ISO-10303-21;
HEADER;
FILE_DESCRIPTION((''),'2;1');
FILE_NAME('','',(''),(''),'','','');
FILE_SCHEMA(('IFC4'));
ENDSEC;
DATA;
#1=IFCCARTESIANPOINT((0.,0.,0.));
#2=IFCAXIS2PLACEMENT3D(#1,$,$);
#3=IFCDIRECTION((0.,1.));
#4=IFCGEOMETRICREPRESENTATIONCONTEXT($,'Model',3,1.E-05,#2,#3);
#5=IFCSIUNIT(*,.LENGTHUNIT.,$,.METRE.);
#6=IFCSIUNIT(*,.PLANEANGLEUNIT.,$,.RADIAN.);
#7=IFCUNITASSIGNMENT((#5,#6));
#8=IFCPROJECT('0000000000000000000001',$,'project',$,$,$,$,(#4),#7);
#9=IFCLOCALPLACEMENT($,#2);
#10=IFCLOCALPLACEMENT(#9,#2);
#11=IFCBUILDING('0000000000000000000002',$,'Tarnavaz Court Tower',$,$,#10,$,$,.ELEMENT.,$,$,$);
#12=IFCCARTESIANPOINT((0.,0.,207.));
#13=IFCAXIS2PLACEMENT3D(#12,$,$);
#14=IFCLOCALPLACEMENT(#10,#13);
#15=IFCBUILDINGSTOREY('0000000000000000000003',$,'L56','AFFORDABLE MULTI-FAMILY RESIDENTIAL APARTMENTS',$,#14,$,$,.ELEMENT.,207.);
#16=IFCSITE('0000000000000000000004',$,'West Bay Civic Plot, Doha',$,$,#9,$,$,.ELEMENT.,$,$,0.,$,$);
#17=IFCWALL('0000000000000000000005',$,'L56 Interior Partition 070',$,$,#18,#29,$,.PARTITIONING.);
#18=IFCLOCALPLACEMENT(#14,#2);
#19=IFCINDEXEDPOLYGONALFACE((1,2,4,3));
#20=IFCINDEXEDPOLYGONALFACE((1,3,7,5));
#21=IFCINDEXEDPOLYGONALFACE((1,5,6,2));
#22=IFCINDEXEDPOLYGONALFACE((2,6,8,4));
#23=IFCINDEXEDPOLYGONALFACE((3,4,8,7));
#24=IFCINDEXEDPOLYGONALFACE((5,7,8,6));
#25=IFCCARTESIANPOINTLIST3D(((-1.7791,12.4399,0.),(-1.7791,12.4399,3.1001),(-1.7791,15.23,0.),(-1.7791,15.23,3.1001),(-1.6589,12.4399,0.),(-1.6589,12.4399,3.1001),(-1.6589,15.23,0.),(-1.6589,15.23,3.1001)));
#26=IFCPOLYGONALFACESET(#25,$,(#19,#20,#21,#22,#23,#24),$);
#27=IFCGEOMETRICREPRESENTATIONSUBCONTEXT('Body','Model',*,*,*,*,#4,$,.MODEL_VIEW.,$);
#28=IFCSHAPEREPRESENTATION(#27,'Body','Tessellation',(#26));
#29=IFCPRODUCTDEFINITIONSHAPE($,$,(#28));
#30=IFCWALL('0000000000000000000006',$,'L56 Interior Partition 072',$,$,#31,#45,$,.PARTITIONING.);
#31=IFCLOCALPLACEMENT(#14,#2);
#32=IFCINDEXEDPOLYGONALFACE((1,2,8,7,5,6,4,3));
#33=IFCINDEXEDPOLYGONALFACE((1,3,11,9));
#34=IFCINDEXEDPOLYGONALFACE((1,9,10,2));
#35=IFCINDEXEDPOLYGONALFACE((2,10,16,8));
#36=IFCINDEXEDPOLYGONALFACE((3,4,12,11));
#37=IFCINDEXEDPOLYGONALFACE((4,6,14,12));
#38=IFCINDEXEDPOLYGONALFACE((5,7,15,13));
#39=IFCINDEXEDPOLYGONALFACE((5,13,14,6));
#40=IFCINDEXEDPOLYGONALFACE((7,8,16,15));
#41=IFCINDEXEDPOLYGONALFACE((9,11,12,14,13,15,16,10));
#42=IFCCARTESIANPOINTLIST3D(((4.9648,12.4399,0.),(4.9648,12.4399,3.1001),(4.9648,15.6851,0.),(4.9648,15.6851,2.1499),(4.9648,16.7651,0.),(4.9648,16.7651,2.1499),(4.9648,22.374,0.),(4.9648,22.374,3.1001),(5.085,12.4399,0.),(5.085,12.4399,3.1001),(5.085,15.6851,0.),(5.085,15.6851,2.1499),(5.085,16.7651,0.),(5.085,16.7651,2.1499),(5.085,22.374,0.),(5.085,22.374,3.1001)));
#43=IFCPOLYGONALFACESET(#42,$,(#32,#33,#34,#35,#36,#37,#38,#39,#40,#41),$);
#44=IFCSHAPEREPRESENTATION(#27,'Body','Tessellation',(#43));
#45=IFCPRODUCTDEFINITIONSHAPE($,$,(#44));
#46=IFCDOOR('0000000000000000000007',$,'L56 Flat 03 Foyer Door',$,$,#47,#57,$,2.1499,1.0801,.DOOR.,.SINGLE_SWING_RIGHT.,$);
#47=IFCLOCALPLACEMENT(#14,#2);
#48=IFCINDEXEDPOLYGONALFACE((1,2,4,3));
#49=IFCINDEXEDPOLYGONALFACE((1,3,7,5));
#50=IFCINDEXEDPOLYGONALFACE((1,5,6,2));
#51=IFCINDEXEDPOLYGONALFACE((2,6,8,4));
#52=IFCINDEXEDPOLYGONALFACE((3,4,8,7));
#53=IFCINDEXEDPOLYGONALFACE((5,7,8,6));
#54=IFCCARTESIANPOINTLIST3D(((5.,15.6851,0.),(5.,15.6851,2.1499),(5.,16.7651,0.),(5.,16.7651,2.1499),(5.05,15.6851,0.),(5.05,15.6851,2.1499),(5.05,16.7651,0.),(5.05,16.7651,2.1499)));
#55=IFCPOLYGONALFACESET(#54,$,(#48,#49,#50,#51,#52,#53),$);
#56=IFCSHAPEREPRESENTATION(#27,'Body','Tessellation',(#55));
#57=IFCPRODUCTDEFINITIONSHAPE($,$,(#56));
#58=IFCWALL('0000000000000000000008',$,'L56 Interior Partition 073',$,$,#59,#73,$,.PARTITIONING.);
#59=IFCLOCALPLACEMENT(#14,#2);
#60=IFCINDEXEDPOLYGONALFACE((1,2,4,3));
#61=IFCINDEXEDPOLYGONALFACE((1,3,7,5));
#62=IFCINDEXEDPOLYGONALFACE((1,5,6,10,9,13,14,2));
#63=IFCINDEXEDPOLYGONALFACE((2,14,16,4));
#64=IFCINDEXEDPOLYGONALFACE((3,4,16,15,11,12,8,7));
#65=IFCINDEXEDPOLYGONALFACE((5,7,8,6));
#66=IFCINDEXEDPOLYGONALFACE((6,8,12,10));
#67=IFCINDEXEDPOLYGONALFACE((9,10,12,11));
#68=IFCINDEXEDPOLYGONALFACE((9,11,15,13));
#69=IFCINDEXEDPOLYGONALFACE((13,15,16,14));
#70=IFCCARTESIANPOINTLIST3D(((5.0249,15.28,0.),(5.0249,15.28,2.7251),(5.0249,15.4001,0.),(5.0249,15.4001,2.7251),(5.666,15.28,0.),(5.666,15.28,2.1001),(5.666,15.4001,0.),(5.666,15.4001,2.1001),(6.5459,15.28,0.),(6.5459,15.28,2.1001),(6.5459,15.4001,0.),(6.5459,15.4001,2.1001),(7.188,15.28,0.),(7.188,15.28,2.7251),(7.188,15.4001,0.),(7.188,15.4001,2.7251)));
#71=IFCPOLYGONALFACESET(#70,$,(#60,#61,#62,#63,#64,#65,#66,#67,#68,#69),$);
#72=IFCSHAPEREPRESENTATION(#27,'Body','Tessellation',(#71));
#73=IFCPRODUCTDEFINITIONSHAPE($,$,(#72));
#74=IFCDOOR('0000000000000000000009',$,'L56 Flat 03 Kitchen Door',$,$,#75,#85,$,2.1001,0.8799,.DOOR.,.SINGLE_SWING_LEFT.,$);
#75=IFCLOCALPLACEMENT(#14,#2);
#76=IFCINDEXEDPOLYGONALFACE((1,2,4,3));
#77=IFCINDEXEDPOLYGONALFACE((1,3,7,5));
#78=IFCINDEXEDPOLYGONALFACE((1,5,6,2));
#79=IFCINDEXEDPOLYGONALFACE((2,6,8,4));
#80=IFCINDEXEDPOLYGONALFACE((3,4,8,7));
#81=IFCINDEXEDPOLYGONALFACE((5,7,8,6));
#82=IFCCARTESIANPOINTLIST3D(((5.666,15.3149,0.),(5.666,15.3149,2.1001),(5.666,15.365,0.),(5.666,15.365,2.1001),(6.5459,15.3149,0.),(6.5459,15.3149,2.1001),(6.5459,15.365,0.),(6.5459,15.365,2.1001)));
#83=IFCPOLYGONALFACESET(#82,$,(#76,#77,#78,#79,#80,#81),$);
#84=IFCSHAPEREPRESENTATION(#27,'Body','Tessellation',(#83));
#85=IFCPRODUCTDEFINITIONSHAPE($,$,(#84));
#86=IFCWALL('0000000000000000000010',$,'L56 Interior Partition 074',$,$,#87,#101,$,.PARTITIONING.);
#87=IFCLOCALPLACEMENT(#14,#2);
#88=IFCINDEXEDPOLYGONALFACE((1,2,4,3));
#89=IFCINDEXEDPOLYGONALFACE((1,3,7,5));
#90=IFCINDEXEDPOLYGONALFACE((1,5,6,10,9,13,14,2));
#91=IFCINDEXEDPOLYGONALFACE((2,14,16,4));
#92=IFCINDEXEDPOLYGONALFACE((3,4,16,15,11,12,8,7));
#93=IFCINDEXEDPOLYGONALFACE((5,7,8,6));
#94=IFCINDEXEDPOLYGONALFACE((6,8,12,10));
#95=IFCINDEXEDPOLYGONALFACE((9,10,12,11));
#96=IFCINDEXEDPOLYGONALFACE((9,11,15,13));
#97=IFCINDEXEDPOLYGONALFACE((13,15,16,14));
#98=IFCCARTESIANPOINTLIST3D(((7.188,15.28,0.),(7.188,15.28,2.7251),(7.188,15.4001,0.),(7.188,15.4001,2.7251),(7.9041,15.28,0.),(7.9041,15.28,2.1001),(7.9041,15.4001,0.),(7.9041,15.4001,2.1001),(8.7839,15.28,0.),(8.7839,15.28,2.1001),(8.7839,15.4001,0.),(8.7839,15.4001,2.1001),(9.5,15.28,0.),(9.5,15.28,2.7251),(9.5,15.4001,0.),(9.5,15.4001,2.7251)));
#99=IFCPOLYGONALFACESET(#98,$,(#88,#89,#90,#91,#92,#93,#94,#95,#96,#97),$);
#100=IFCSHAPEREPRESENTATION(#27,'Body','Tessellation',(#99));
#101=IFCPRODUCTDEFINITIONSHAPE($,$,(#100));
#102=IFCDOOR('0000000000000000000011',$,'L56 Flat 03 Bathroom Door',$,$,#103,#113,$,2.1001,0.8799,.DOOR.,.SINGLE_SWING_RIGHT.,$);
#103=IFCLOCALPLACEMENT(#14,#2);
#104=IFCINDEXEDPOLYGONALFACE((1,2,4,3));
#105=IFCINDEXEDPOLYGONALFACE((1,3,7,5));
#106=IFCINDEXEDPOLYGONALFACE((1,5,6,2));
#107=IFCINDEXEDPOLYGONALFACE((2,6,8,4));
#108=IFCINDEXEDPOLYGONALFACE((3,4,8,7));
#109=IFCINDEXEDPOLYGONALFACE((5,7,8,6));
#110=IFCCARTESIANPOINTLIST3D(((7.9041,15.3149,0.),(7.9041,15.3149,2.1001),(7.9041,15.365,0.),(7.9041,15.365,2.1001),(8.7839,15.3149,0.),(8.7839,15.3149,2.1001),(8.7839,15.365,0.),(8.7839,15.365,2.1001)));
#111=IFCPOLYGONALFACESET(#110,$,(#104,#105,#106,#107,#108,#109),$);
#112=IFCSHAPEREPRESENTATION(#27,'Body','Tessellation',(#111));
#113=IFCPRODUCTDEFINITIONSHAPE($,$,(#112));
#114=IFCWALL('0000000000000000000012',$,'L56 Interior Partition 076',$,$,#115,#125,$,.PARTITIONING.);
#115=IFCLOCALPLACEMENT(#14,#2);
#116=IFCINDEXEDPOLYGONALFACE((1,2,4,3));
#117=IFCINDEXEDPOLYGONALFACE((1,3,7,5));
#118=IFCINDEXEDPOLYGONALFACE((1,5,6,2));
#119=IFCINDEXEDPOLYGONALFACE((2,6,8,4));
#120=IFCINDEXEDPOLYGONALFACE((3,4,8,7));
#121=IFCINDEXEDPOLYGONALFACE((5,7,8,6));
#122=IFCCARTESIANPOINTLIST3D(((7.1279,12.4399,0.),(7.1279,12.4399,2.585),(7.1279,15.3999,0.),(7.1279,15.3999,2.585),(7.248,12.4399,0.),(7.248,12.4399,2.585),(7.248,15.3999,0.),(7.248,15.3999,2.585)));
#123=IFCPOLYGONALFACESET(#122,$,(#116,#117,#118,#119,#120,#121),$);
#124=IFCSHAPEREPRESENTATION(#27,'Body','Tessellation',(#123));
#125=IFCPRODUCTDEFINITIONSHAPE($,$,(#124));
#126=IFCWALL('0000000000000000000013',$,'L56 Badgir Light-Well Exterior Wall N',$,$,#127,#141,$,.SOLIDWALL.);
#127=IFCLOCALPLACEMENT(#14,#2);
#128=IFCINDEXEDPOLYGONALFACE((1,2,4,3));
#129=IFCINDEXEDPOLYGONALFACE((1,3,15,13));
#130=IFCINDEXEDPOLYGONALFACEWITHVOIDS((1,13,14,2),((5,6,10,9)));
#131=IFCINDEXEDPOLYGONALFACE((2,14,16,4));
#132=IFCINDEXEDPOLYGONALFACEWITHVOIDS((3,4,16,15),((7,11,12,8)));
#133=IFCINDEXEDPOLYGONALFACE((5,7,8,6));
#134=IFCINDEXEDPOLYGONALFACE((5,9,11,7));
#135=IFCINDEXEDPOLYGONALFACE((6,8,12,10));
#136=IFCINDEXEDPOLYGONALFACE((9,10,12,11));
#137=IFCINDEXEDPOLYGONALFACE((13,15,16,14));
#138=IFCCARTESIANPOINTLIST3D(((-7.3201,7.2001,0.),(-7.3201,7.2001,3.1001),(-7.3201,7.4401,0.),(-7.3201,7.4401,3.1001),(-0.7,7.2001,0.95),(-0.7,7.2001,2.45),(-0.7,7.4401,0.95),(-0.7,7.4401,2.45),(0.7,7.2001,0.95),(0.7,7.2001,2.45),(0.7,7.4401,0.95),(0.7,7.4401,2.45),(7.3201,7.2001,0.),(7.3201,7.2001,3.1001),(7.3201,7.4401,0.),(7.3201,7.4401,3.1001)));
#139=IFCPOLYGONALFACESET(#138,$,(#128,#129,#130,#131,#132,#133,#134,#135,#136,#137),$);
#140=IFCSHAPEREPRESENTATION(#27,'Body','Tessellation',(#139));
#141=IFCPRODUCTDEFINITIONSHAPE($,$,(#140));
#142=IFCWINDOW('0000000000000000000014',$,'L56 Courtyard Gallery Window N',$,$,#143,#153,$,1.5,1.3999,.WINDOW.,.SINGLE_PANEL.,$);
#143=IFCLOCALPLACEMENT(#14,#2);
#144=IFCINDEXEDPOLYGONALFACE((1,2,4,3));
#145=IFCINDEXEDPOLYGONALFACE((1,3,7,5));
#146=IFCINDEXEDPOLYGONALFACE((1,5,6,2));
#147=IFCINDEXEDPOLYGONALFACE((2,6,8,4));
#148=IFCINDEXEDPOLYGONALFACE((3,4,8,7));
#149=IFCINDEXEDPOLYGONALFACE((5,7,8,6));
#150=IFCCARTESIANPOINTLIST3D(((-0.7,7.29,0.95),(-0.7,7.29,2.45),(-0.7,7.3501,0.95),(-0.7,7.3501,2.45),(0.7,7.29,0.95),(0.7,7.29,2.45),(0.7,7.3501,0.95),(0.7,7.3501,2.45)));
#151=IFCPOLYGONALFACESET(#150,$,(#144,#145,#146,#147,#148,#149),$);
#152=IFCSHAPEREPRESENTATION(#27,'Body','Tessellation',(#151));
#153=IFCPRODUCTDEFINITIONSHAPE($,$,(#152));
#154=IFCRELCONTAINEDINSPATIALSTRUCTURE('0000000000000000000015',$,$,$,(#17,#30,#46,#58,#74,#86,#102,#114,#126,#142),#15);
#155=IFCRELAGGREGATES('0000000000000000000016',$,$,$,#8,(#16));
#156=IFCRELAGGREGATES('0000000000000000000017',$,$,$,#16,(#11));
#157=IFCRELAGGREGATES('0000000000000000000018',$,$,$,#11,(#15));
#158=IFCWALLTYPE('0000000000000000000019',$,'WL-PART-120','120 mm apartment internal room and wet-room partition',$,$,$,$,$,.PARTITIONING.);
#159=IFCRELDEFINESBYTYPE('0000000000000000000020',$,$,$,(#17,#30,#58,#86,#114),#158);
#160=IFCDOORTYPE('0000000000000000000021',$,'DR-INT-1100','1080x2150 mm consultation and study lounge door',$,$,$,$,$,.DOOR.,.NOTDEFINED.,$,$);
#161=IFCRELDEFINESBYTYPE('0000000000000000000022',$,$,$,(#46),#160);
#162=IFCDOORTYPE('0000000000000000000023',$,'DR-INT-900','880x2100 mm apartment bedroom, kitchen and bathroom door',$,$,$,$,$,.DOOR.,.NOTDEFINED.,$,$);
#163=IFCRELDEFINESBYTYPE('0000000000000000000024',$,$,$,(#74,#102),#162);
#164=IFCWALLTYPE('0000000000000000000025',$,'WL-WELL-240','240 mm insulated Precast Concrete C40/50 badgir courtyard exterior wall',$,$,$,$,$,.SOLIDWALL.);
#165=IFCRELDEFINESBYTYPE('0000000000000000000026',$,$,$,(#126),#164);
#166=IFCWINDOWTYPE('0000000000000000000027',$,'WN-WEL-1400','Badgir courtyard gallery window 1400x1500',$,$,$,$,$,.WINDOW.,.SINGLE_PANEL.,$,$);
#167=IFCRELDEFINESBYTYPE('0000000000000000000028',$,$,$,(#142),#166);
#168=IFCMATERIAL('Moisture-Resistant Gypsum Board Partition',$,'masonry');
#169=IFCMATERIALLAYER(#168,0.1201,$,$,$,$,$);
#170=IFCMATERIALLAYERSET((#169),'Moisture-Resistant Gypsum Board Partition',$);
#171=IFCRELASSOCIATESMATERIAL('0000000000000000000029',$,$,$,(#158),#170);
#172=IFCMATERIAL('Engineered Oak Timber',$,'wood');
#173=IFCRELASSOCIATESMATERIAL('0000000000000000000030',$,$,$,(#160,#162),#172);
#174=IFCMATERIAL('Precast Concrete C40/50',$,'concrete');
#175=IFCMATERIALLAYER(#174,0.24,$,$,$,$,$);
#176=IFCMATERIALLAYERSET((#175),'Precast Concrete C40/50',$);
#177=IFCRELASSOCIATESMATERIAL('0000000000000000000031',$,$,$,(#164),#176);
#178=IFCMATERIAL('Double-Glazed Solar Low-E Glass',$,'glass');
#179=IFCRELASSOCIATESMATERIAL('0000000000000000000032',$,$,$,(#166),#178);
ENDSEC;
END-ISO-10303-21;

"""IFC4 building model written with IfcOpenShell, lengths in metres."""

from ifc_helpers import new_model, si_unit, direction, frame, frame_2d, origin, place, context, subcontext, project, spatial, rectangle, extrude, material, layer, layer_set, type_object, element, fill, save


model = new_model("IFC4")

# Units and contexts
model_context = context("Model", 3, precision=1e-05, world=origin(), true_north=direction((0.0, 1.0)))
body_context = subcontext(model_context, "Body", "Model", "MODEL_VIEW")
ifc_project = project(units=[si_unit("LENGTHUNIT", "METRE"), si_unit("PLANEANGLEUNIT", "RADIAN")], contexts=[model_context])

# Site, building, storey
site_placement = place(None, origin())
site = spatial("IfcSite", under=ifc_project, at=site_placement, Name="West Bay Civic Plot, Doha", CompositionType="ELEMENT", RefElevation=0.0)
building_placement = place(site_placement, origin())
building = spatial("IfcBuilding", under=site, at=building_placement, Name="Tarnavaz Court Tower", CompositionType="ELEMENT")
storey_placement = place(building_placement, frame((0.0, 0.0, 207.0)))
storey = spatial("IfcBuildingStorey", under=building, at=storey_placement, Name="L56", Description="AFFORDABLE MULTI-FAMILY RESIDENTIAL APARTMENTS", CompositionType="ELEMENT", Elevation=207.0)

# Wall
ifc_material_1 = material(Name="Moisture-Resistant Gypsum Board Partition", Category="masonry")
ifc_layer_1 = layer(ifc_material_1, 0.1201)
ifc_layer_set_1 = layer_set([ifc_layer_1], Name="Moisture-Resistant Gypsum Board Partition")
wall_type_1 = type_object("IfcWallType", Name="WL-PART-120", Description="120 mm apartment internal room and wet-room partition", PredefinedType="PARTITIONING", material=ifc_layer_set_1)
wall_1_placement = place(storey_placement, frame((-1.719, 12.4399, 0.0), z_axis=(0.0, 0.0, 1.0), x_axis=(0.0, 1.0, 0.0)))
element("IfcWall", 1, at=wall_1_placement, inside=storey, type_object=wall_type_1, Name="L56 Interior Partition 070", PredefinedType="PARTITIONING", context=body_context, shape_type="SweptSolid", body=[
    extrude(rectangle(XDim=2.79, YDim=0.1201, at=frame_2d((1.395, 0.0))), origin(), (0.0, 0.0, 1.0), 3.1001),
])

# Walls, openings, doors
wall_2_placement = place(storey_placement, frame((5.0249, 12.4399, 0.0), z_axis=(0.0, 0.0, 1.0), x_axis=(0.0, 1.0, 0.0)))
wall_2 = element("IfcWall", 2, at=wall_2_placement, inside=storey, type_object=wall_type_1, Name="L56 Interior Partition 072", PredefinedType="PARTITIONING", context=body_context, shape_type="SweptSolid", body=[
    extrude(rectangle(XDim=9.9341, YDim=0.1201, at=frame_2d((4.967, 0.0))), origin(), (0.0, 0.0, 1.0), 3.1001),
])
opening_1_placement = place(wall_2_placement, frame((3.2451, 0.0, 0.0)))
opening_1 = element("IfcOpeningElement", 3, at=opening_1_placement, cuts=wall_2, PredefinedType="OPENING", context=body_context, shape_type="SweptSolid", body=[
    extrude(rectangle(XDim=1.0801, YDim=2.1499, at=frame_2d((0.54, 1.075))), frame((0.0, 0.0701, 0.0), z_axis=(0.0, -1.0, 0.0), x_axis=(1.0, 0.0, 0.0)), (0.0, 0.0, 1.0), 0.1401),
])
ifc_material_2 = material(Name="Engineered Oak Timber", Category="wood")
door_type_1 = type_object("IfcDoorType", Name="DR-INT-1100", Description="1080x2150 mm consultation and study lounge door", OperationType="NOTDEFINED", PredefinedType="DOOR", material=ifc_material_2)
door_1_placement = place(opening_1_placement, origin())
door_1 = element("IfcDoor", 4, at=door_1_placement, inside=storey, type_object=door_type_1, Name="L56 Flat 03 Foyer Door", OperationType="SINGLE_SWING_RIGHT", OverallHeight=2.1499, OverallWidth=1.0801, PredefinedType="DOOR", context=body_context, shape_type="SweptSolid", body=[
    extrude(rectangle(XDim=1.0801, YDim=2.1499, at=frame_2d((0.54, 1.075))), frame((0.0, 0.0249, 0.0), z_axis=(0.0, -1.0, 0.0), x_axis=(1.0, 0.0, 0.0)), (0.0, 0.0, 1.0), 0.05),
])
fill(opening_1, door_1)
wall_3_placement = place(storey_placement, frame((5.0249, 15.3401, 0.0), z_axis=(0.0, 0.0, 1.0), x_axis=(1.0, 0.0, 0.0)))
wall_3 = element("IfcWall", 5, at=wall_3_placement, inside=storey, type_object=wall_type_1, Name="L56 Interior Partition 073", PredefinedType="PARTITIONING", context=body_context, shape_type="SweptSolid", body=[
    extrude(rectangle(XDim=2.1631, YDim=0.1201, at=frame_2d((1.0815, 0.0))), origin(), (0.0, 0.0, 1.0), 2.7251),
])
opening_2_placement = place(wall_3_placement, frame((0.6411, 0.0, 0.0)))
opening_2 = element("IfcOpeningElement", 6, at=opening_2_placement, cuts=wall_3, PredefinedType="OPENING", context=body_context, shape_type="SweptSolid", body=[
    extrude(rectangle(XDim=0.8799, YDim=2.1001, at=frame_2d((0.4399, 1.05))), frame((0.0, 0.0701, 0.0), z_axis=(0.0, -1.0, 0.0), x_axis=(1.0, 0.0, 0.0)), (0.0, 0.0, 1.0), 0.1401),
])
door_type_2 = type_object("IfcDoorType", Name="DR-INT-900", Description="880x2100 mm apartment bedroom, kitchen and bathroom door", OperationType="NOTDEFINED", PredefinedType="DOOR", material=ifc_material_2)
door_2_placement = place(opening_2_placement, origin())
door_2 = element("IfcDoor", 7, at=door_2_placement, inside=storey, type_object=door_type_2, Name="L56 Flat 03 Kitchen Door", OperationType="SINGLE_SWING_LEFT", OverallHeight=2.1001, OverallWidth=0.8799, PredefinedType="DOOR", context=body_context, shape_type="SweptSolid", body=[
    extrude(rectangle(XDim=0.8799, YDim=2.1001, at=frame_2d((0.4399, 1.05))), frame((0.0, 0.0249, 0.0), z_axis=(0.0, -1.0, 0.0), x_axis=(1.0, 0.0, 0.0)), (0.0, 0.0, 1.0), 0.05),
])
fill(opening_2, door_2)
wall_4_placement = place(storey_placement, frame((7.188, 15.3401, 0.0), z_axis=(0.0, 0.0, 1.0), x_axis=(1.0, 0.0, 0.0)))
wall_4 = element("IfcWall", 8, at=wall_4_placement, inside=storey, type_object=wall_type_1, Name="L56 Interior Partition 074", PredefinedType="PARTITIONING", context=body_context, shape_type="SweptSolid", body=[
    extrude(rectangle(XDim=2.312, YDim=0.1201, at=frame_2d((1.156, 0.0))), origin(), (0.0, 0.0, 1.0), 2.7251),
])
opening_3_placement = place(wall_4_placement, frame((0.7161, 0.0, 0.0)))
opening_3 = element("IfcOpeningElement", 9, at=opening_3_placement, cuts=wall_4, PredefinedType="OPENING", context=body_context, shape_type="SweptSolid", body=[
    extrude(rectangle(XDim=0.8799, YDim=2.1001, at=frame_2d((0.4399, 1.05))), frame((0.0, 0.0701, 0.0), z_axis=(0.0, -1.0, 0.0), x_axis=(1.0, 0.0, 0.0)), (0.0, 0.0, 1.0), 0.1401),
])
door_3_placement = place(opening_3_placement, origin())
door_3 = element("IfcDoor", 10, at=door_3_placement, inside=storey, type_object=door_type_2, Name="L56 Flat 03 Bathroom Door", OperationType="SINGLE_SWING_RIGHT", OverallHeight=2.1001, OverallWidth=0.8799, PredefinedType="DOOR", context=body_context, shape_type="SweptSolid", body=[
    extrude(rectangle(XDim=0.8799, YDim=2.1001, at=frame_2d((0.4399, 1.05))), frame((0.0, 0.0249, 0.0), z_axis=(0.0, -1.0, 0.0), x_axis=(1.0, 0.0, 0.0)), (0.0, 0.0, 1.0), 0.05),
])
fill(opening_3, door_3)

# Wall
wall_5_placement = place(storey_placement, frame((7.188, 12.4399, 0.0), z_axis=(0.0, 0.0, 1.0), x_axis=(0.0, 1.0, 0.0)))
element("IfcWall", 11, at=wall_5_placement, inside=storey, type_object=wall_type_1, Name="L56 Interior Partition 076", PredefinedType="PARTITIONING", context=body_context, shape_type="SweptSolid", body=[
    extrude(rectangle(XDim=2.96, YDim=0.1201, at=frame_2d((1.48, 0.0))), origin(), (0.0, 0.0, 1.0), 2.585),
])

# Wall, opening, window
ifc_material_3 = material(Name="Precast Concrete C40/50", Category="concrete")
ifc_layer_2 = layer(ifc_material_3, 0.24)
ifc_layer_set_2 = layer_set([ifc_layer_2], Name="Precast Concrete C40/50")
wall_type_2 = type_object("IfcWallType", Name="WL-WELL-240", Description="240 mm insulated Precast Concrete C40/50 badgir courtyard exterior wall", PredefinedType="SOLIDWALL", material=ifc_layer_set_2)
wall_6_placement = place(storey_placement, frame((7.3201, 7.3201, 0.0), z_axis=(0.0, 0.0, 1.0), x_axis=(-1.0, 0.0, 0.0)))
wall_6 = element("IfcWall", 12, at=wall_6_placement, inside=storey, type_object=wall_type_2, Name="L56 Badgir Light-Well Exterior Wall N", PredefinedType="SOLIDWALL", context=body_context, shape_type="SweptSolid", body=[
    extrude(rectangle(XDim=14.6401, YDim=0.24, at=frame_2d((7.3201, 0.0))), origin(), (0.0, 0.0, 1.0), 3.1001),
])
opening_4_placement = place(wall_6_placement, frame((6.6201, 0.0, 0.95)))
opening_4 = element("IfcOpeningElement", 13, at=opening_4_placement, cuts=wall_6, PredefinedType="OPENING", context=body_context, shape_type="SweptSolid", body=[
    extrude(rectangle(XDim=1.3999, YDim=1.5, at=frame_2d((0.7, 0.75))), frame((0.0, 0.1299, 0.0), z_axis=(0.0, -1.0, 0.0), x_axis=(1.0, 0.0, 0.0)), (0.0, 0.0, 1.0), 0.26),
])
ifc_material_4 = material(Name="Double-Glazed Solar Low-E Glass", Category="glass")
window_type = type_object("IfcWindowType", Name="WN-WEL-1400", Description="Badgir courtyard gallery window 1400x1500", PartitioningType="SINGLE_PANEL", PredefinedType="WINDOW", material=ifc_material_4)
window_placement = place(opening_4_placement, origin())
window = element("IfcWindow", 14, at=window_placement, inside=storey, type_object=window_type, Name="L56 Courtyard Gallery Window N", OverallHeight=1.5, OverallWidth=1.3999, PartitioningType="SINGLE_PANEL", PredefinedType="WINDOW", context=body_context, shape_type="SweptSolid", body=[
    extrude(rectangle(XDim=1.3999, YDim=1.5, at=frame_2d((0.7, 0.75))), frame((0.0, 0.03, 0.0), z_axis=(0.0, -1.0, 0.0), x_axis=(1.0, 0.0, 0.0)), (0.0, 0.0, 1.0), 0.0601),
])
fill(opening_4, window)

save(model, "model.ifc")
